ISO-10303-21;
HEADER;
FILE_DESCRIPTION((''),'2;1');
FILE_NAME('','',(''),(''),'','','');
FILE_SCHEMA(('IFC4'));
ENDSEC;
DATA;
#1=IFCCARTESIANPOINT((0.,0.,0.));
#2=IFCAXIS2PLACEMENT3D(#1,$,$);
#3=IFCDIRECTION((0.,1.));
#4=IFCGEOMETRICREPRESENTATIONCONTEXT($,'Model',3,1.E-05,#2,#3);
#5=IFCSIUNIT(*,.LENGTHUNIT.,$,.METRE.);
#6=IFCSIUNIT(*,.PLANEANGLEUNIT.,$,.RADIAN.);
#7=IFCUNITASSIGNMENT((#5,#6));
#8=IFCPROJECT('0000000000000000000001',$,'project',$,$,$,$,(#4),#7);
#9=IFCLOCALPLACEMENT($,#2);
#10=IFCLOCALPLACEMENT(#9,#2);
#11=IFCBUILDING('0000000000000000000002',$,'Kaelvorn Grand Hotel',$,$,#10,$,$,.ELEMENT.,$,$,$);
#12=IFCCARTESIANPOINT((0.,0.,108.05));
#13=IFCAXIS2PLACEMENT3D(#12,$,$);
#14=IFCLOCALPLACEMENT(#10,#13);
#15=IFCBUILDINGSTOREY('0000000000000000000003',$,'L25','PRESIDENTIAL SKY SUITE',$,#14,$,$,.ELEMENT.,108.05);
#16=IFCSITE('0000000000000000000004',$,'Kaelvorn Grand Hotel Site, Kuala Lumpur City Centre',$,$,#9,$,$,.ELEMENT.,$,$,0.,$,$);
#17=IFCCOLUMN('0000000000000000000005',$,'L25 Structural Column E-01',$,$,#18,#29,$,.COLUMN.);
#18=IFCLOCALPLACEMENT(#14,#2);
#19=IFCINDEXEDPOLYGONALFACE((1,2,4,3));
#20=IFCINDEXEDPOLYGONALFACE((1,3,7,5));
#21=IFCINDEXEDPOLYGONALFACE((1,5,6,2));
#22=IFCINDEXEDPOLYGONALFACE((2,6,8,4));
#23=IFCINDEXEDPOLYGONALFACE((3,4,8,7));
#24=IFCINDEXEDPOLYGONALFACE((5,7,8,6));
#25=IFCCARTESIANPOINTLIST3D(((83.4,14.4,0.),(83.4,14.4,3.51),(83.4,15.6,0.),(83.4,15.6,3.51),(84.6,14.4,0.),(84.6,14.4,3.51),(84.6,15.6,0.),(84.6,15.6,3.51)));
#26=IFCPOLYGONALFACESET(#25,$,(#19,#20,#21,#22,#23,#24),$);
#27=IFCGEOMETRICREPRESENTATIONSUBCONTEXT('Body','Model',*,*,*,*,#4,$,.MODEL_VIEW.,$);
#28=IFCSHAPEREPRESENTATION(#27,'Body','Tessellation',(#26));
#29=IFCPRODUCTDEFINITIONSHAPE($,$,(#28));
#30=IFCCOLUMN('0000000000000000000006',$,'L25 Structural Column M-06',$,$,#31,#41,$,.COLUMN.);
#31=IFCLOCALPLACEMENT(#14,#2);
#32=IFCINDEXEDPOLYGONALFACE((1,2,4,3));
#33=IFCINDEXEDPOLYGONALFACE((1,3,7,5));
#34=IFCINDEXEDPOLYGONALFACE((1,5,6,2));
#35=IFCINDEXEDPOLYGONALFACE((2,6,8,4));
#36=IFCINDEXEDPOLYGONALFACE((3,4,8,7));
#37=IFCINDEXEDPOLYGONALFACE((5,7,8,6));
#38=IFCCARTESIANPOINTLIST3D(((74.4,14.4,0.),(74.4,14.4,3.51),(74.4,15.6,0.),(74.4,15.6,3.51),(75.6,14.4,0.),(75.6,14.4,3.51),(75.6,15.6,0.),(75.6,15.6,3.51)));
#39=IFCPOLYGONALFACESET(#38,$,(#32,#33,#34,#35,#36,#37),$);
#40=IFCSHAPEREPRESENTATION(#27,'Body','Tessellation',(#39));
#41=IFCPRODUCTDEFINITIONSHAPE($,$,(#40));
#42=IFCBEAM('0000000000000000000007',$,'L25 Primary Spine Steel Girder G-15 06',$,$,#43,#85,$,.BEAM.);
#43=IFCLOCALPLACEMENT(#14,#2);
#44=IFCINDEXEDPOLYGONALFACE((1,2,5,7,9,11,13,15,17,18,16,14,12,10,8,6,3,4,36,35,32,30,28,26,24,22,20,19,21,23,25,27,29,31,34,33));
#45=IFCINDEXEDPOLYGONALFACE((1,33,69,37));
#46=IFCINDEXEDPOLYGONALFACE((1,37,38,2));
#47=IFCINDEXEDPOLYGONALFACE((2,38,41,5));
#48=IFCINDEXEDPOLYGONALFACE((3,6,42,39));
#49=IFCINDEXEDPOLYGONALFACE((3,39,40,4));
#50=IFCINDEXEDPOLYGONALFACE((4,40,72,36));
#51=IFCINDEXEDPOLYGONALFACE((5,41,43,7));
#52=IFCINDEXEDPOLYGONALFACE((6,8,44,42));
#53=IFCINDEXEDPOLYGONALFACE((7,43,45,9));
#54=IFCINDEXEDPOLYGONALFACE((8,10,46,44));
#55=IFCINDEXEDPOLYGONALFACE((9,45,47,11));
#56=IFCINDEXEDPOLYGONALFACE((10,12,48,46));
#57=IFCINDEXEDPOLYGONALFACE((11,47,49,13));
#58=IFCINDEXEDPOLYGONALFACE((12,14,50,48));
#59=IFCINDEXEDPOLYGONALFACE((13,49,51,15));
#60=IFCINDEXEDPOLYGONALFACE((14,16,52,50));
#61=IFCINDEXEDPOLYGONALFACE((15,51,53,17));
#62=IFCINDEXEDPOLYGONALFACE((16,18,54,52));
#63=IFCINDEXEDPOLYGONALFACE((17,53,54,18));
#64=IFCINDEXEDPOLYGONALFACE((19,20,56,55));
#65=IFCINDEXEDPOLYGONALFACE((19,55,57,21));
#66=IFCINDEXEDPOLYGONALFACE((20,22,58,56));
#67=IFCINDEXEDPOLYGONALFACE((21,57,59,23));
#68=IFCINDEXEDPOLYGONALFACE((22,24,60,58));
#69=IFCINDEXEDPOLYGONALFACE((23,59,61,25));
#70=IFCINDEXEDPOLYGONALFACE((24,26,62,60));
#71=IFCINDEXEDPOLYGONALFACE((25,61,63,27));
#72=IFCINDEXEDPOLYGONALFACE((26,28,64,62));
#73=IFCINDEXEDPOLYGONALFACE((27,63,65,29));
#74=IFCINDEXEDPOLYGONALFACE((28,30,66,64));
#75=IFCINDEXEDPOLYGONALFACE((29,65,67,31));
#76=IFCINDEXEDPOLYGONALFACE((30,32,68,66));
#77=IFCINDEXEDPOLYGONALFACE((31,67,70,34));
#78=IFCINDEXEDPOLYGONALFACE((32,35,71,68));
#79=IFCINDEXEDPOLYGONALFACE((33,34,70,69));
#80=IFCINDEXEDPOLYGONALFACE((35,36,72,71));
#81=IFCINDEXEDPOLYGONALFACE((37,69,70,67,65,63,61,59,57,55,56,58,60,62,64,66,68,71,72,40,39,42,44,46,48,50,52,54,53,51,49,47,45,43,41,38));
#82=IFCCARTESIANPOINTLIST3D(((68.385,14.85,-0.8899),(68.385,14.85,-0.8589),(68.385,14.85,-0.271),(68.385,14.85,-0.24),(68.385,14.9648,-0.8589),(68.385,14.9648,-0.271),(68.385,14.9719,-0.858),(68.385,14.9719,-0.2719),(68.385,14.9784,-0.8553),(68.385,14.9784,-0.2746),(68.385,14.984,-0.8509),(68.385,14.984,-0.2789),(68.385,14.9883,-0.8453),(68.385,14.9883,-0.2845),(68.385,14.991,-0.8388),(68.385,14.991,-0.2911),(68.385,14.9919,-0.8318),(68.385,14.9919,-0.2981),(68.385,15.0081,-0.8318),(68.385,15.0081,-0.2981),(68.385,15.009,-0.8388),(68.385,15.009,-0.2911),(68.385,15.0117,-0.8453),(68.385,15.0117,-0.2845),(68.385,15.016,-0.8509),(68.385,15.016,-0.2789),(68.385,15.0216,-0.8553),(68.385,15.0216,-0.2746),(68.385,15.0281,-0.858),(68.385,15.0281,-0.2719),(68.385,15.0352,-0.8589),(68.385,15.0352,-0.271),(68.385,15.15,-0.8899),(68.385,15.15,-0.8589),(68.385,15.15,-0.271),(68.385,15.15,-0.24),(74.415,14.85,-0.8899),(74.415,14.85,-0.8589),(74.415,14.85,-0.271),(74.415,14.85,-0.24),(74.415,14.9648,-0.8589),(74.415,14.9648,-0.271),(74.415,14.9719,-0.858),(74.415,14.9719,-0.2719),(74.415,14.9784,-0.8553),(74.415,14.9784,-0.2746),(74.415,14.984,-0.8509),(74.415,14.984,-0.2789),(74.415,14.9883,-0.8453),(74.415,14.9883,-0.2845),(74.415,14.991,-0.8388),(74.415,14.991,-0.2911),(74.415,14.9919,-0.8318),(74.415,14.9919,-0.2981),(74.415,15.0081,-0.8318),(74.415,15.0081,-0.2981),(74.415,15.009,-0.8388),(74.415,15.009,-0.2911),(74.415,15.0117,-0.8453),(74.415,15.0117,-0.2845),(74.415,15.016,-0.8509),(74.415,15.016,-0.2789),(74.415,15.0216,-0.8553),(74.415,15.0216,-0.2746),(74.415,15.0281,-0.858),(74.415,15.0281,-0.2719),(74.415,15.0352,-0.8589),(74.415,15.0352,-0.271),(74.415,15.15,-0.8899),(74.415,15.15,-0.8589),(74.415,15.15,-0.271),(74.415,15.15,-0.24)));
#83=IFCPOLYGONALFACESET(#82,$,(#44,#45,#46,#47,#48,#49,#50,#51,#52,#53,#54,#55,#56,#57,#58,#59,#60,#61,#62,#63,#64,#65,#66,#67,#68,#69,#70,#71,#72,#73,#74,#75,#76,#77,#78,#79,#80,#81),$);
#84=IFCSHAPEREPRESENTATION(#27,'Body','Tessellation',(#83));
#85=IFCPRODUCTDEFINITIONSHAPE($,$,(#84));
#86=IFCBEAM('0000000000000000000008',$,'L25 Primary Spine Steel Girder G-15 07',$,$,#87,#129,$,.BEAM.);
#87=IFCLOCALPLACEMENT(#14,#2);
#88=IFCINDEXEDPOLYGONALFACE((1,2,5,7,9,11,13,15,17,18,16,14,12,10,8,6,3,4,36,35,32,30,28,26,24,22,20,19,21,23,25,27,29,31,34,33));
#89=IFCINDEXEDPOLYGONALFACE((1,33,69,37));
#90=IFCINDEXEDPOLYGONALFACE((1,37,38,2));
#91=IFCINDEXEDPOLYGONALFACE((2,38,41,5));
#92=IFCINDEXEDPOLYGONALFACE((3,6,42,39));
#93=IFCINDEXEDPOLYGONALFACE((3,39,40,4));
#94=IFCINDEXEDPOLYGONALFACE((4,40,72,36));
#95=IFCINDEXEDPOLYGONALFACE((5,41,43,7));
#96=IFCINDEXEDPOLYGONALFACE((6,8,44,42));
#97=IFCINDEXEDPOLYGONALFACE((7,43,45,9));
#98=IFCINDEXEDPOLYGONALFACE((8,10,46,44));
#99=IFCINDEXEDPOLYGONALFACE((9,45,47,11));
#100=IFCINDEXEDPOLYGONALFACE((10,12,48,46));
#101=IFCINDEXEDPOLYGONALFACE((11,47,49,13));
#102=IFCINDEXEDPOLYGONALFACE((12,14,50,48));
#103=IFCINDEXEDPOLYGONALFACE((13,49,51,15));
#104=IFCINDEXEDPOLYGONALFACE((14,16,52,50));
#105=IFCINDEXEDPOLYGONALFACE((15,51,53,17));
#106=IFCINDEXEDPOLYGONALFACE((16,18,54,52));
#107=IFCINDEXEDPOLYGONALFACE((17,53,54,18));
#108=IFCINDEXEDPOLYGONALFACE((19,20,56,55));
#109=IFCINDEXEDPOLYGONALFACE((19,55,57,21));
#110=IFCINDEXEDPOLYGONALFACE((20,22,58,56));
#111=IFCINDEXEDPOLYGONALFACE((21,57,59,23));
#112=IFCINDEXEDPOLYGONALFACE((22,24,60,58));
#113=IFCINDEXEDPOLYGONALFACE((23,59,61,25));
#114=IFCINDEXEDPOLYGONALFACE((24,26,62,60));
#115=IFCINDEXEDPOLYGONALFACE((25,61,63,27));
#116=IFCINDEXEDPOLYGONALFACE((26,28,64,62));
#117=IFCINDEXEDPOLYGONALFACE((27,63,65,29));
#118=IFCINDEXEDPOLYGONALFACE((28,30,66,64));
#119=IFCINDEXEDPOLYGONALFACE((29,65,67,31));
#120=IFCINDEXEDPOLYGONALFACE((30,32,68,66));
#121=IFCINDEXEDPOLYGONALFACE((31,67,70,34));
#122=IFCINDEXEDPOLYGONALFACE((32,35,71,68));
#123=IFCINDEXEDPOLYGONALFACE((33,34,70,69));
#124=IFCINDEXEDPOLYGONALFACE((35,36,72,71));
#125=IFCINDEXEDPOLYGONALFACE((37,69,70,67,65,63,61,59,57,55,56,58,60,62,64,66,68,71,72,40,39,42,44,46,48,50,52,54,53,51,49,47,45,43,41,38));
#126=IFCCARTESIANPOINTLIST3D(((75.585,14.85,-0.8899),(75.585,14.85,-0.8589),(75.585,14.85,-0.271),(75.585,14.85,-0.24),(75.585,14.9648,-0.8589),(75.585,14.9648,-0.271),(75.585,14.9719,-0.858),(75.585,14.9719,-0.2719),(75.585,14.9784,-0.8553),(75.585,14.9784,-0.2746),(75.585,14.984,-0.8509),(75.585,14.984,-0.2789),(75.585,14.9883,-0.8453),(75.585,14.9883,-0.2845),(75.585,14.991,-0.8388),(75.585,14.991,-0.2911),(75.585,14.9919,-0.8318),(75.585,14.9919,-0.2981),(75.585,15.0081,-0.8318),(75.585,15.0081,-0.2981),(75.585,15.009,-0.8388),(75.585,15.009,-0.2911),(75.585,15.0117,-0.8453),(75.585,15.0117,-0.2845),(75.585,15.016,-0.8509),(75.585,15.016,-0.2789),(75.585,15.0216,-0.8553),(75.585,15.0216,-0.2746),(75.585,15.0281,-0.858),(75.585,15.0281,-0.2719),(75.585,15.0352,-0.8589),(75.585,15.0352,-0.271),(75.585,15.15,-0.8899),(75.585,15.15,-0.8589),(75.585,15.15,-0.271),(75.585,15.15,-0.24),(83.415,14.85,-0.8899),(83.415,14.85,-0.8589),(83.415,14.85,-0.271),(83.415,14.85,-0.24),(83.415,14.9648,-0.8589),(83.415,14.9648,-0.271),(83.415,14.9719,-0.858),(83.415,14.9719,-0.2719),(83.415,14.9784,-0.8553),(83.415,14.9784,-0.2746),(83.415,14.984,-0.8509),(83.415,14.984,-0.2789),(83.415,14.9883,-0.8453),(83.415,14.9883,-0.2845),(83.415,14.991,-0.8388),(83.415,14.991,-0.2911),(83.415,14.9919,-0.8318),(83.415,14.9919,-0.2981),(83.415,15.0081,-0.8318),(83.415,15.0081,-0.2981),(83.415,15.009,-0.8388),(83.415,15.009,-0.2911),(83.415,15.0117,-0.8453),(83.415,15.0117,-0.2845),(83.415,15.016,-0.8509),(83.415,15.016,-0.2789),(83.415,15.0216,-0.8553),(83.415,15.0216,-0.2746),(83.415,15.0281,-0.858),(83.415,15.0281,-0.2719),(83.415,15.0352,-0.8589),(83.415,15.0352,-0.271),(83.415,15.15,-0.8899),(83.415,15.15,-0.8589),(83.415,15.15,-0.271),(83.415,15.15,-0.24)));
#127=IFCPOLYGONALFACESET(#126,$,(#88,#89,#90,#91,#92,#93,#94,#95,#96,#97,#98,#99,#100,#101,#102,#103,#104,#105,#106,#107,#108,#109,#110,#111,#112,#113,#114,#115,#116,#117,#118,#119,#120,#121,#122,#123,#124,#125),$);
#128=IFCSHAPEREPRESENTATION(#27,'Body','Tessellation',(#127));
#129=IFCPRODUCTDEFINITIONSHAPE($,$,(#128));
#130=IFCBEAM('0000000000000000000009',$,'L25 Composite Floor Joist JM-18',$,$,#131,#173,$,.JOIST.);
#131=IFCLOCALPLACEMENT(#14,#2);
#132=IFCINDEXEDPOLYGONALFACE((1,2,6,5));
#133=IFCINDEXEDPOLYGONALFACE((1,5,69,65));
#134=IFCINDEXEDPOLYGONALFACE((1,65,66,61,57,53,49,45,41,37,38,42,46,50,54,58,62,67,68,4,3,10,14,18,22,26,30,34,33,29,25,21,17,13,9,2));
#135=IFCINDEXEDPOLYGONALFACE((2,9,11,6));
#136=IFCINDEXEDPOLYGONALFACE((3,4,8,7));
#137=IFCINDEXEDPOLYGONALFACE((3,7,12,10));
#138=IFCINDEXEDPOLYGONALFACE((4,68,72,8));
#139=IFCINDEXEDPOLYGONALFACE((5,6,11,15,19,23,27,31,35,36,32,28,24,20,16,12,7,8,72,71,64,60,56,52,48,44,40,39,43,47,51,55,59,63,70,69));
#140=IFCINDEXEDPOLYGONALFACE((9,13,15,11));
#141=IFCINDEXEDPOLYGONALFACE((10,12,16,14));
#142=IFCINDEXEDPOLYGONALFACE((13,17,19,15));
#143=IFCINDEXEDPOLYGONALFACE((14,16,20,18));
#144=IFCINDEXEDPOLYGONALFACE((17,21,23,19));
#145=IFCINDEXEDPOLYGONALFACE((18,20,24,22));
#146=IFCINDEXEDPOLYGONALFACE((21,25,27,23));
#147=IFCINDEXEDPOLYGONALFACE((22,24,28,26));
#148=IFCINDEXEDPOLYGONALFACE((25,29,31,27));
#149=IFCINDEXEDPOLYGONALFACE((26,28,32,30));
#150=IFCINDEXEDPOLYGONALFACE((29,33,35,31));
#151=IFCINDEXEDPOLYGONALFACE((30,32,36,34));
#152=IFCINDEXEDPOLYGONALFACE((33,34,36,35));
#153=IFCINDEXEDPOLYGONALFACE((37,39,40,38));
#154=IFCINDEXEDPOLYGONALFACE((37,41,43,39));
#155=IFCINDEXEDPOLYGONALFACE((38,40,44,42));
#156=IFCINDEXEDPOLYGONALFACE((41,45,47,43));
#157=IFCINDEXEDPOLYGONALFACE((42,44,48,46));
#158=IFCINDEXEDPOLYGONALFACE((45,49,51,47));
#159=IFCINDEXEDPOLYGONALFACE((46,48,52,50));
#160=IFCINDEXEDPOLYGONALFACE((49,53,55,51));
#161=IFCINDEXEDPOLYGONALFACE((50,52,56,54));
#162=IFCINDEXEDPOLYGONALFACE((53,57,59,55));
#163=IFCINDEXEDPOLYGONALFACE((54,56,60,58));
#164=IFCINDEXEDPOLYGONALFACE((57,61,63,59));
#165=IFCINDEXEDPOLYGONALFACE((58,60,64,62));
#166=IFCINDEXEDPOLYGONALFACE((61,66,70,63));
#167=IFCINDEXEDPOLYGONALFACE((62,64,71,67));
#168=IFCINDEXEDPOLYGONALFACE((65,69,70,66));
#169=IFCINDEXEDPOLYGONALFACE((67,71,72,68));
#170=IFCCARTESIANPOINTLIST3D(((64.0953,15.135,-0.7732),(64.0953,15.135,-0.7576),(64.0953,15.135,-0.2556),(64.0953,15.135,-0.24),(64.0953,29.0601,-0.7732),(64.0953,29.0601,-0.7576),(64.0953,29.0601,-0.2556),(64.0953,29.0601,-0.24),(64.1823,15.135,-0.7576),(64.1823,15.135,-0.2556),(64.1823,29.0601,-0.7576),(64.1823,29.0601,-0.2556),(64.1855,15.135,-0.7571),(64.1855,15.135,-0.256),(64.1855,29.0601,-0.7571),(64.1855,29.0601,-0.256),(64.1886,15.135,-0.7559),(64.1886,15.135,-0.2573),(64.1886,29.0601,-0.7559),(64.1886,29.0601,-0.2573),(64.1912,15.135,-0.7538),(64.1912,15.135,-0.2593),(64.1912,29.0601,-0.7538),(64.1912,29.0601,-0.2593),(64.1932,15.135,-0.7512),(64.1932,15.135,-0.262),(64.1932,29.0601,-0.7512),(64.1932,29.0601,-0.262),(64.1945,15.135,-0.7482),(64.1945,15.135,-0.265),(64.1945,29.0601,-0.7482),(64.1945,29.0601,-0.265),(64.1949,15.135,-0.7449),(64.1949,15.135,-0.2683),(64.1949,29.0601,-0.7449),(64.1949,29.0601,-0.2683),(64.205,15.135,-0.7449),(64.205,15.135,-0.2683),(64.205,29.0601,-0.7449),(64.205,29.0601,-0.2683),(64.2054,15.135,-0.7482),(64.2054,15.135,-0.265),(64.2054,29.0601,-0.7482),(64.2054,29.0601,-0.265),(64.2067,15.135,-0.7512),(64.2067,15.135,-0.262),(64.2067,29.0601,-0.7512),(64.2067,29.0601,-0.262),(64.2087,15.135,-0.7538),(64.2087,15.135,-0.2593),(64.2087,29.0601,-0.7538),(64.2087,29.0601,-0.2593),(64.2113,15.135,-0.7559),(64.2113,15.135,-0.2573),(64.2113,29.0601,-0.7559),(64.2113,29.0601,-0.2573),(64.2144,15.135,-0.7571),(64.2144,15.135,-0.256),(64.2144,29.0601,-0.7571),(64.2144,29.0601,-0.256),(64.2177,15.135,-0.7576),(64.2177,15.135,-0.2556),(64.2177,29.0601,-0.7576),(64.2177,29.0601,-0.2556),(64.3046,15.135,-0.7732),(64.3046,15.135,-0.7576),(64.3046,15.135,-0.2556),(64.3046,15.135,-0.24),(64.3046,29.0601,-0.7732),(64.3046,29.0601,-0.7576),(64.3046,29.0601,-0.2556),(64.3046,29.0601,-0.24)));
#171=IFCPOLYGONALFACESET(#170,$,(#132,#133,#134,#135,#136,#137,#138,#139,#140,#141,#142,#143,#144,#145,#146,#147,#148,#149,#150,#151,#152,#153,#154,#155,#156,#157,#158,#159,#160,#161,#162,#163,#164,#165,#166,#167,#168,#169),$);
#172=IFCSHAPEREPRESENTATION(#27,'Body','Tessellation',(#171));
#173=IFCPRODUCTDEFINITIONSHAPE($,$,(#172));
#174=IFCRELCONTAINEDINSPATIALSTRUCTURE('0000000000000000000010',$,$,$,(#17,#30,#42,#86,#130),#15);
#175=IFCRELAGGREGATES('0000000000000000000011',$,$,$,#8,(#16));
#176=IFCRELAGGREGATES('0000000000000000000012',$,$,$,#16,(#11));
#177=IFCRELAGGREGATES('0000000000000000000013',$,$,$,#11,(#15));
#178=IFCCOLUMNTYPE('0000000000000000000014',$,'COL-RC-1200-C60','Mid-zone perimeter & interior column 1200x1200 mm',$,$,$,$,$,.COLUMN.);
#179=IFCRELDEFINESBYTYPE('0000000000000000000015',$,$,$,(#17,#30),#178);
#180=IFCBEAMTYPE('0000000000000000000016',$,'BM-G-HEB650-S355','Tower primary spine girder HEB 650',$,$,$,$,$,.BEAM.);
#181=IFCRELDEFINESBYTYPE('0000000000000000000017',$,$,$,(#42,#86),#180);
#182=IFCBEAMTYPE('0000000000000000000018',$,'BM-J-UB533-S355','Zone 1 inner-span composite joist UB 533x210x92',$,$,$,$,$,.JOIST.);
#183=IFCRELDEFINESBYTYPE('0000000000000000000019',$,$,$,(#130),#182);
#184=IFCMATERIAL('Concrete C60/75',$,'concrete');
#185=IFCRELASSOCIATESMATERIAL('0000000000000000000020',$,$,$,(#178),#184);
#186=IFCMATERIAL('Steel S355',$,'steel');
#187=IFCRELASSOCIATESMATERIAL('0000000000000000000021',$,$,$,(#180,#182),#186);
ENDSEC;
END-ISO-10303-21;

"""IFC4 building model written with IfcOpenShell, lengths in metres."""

from ifc_helpers import new_model, si_unit, direction, frame, origin, origin_2d, place, context, subcontext, project, spatial, rectangle, i_section, extrude, material, material_profile, profile_set, type_object, element, save


model = new_model("IFC4")

# Units and contexts
model_context = context("Model", 3, precision=1e-05, world=origin(), true_north=direction((0.0, 1.0)))
body_context = subcontext(model_context, "Body", "Model", "MODEL_VIEW")
ifc_project = project(units=[si_unit("LENGTHUNIT", "METRE"), si_unit("PLANEANGLEUNIT", "RADIAN")], contexts=[model_context])

# Site, building, storey
site_placement = place(None, origin())
site = spatial("IfcSite", under=ifc_project, at=site_placement, Name="Kaelvorn Grand Hotel Site, Kuala Lumpur City Centre", CompositionType="ELEMENT", RefElevation=0.0)
building_placement = place(site_placement, origin())
building = spatial("IfcBuilding", under=site, at=building_placement, Name="Kaelvorn Grand Hotel", CompositionType="ELEMENT")
storey_placement = place(building_placement, frame((0.0, 0.0, 108.05)))
storey = spatial("IfcBuildingStorey", under=building, at=storey_placement, Name="L25", Description="PRESIDENTIAL SKY SUITE", CompositionType="ELEMENT", Elevation=108.05)

# Columns
ifc_material_1 = material(Name="Concrete C60/75", Category="concrete")
ifc_material_profile_1 = material_profile(ifc_material_1, rectangle(XDim=1.2, YDim=1.2, at=origin_2d()), Name="RC COL 1200x1200")
ifc_profile_set_1 = profile_set([ifc_material_profile_1], Name="Concrete C60/75")
column_type = type_object("IfcColumnType", Name="COL-RC-1200-C60", Description="Mid-zone perimeter & interior column 1200x1200 mm", PredefinedType="COLUMN", material=ifc_profile_set_1)
for number, where, z_axis, x_axis, name in (
    (1, (84.0, 15.0, 0.0), (0.0, 0.0, 1.0), (1.0, 0.0, 0.0), "L25 Structural Column E-01"),
    (2, (75.0, 15.0, 0.0), (0.0, 0.0, 1.0), (1.0, 0.0, 0.0), "L25 Structural Column M-06"),
):
    element("IfcColumn", number, at=place(storey_placement, frame(where, z_axis=z_axis, x_axis=x_axis)), inside=storey, type_object=column_type, Name=name, PredefinedType="COLUMN", context=body_context, shape_type="SweptSolid", body=[
        extrude(rectangle(XDim=1.2, YDim=1.2, at=origin_2d()), origin(), (0.0, 0.0, 1.0), 3.51),
    ])

# Beams
ifc_material_2 = material(Name="Steel S355", Category="steel")
ifc_material_profile_2 = material_profile(ifc_material_2, i_section(OverallWidth=0.3, OverallDepth=0.6499, WebThickness=0.0161, FlangeThickness=0.031, FilletRadius=0.0271, at=origin_2d()), Name="HEB 650")
ifc_profile_set_2 = profile_set([ifc_material_profile_2], Name="Steel S355")
beam_type_1 = type_object("IfcBeamType", Name="BM-G-HEB650-S355", Description="Tower primary spine girder HEB 650", PredefinedType="BEAM", material=ifc_profile_set_2)
beam_1_placement = place(storey_placement, frame((68.385, 15.0, -0.5649), z_axis=(1.0, 0.0, 0.0), x_axis=(0.0, 1.0, 0.0)))
element("IfcBeam", 3, at=beam_1_placement, inside=storey, type_object=beam_type_1, Name="L25 Primary Spine Steel Girder G-15 06", PredefinedType="BEAM", context=body_context, shape_type="SweptSolid", body=[
    extrude(i_section(OverallWidth=0.3, OverallDepth=0.6499, WebThickness=0.0161, FlangeThickness=0.031, FilletRadius=0.0271, at=origin_2d()), origin(), (0.0, 0.0, 1.0), 6.03),
])
beam_2_placement = place(storey_placement, frame((75.585, 15.0, -0.5649), z_axis=(1.0, 0.0, 0.0), x_axis=(0.0, 1.0, 0.0)))
element("IfcBeam", 4, at=beam_2_placement, inside=storey, type_object=beam_type_1, Name="L25 Primary Spine Steel Girder G-15 07", PredefinedType="BEAM", context=body_context, shape_type="SweptSolid", body=[
    extrude(i_section(OverallWidth=0.3, OverallDepth=0.6499, WebThickness=0.0161, FlangeThickness=0.031, FilletRadius=0.0271, at=origin_2d()), origin(), (0.0, 0.0, 1.0), 7.8301),
])
ifc_material_profile_3 = material_profile(ifc_material_2, i_section(OverallWidth=0.2092, OverallDepth=0.5332, WebThickness=0.01, FlangeThickness=0.0156, FilletRadius=0.0127, at=origin_2d()), Name="UB 533x210x92")
ifc_profile_set_3 = profile_set([ifc_material_profile_3], Name="Steel S355")
beam_type_2 = type_object("IfcBeamType", Name="BM-J-UB533-S355", Description="Zone 1 inner-span composite joist UB 533x210x92", PredefinedType="JOIST", material=ifc_profile_set_3)
beam_3_placement = place(storey_placement, frame((64.2, 15.135, -0.5066), z_axis=(0.0, 1.0, 0.0), x_axis=(-1.0, 0.0, 0.0)))
element("IfcBeam", 5, at=beam_3_placement, inside=storey, type_object=beam_type_2, Name="L25 Composite Floor Joist JM-18", PredefinedType="JOIST", context=body_context, shape_type="SweptSolid", body=[
    extrude(i_section(OverallWidth=0.2092, OverallDepth=0.5332, WebThickness=0.01, FlangeThickness=0.0156, FilletRadius=0.0127, at=origin_2d()), origin(), (0.0, 0.0, 1.0), 13.925),
])

save(model, "model.ifc")
